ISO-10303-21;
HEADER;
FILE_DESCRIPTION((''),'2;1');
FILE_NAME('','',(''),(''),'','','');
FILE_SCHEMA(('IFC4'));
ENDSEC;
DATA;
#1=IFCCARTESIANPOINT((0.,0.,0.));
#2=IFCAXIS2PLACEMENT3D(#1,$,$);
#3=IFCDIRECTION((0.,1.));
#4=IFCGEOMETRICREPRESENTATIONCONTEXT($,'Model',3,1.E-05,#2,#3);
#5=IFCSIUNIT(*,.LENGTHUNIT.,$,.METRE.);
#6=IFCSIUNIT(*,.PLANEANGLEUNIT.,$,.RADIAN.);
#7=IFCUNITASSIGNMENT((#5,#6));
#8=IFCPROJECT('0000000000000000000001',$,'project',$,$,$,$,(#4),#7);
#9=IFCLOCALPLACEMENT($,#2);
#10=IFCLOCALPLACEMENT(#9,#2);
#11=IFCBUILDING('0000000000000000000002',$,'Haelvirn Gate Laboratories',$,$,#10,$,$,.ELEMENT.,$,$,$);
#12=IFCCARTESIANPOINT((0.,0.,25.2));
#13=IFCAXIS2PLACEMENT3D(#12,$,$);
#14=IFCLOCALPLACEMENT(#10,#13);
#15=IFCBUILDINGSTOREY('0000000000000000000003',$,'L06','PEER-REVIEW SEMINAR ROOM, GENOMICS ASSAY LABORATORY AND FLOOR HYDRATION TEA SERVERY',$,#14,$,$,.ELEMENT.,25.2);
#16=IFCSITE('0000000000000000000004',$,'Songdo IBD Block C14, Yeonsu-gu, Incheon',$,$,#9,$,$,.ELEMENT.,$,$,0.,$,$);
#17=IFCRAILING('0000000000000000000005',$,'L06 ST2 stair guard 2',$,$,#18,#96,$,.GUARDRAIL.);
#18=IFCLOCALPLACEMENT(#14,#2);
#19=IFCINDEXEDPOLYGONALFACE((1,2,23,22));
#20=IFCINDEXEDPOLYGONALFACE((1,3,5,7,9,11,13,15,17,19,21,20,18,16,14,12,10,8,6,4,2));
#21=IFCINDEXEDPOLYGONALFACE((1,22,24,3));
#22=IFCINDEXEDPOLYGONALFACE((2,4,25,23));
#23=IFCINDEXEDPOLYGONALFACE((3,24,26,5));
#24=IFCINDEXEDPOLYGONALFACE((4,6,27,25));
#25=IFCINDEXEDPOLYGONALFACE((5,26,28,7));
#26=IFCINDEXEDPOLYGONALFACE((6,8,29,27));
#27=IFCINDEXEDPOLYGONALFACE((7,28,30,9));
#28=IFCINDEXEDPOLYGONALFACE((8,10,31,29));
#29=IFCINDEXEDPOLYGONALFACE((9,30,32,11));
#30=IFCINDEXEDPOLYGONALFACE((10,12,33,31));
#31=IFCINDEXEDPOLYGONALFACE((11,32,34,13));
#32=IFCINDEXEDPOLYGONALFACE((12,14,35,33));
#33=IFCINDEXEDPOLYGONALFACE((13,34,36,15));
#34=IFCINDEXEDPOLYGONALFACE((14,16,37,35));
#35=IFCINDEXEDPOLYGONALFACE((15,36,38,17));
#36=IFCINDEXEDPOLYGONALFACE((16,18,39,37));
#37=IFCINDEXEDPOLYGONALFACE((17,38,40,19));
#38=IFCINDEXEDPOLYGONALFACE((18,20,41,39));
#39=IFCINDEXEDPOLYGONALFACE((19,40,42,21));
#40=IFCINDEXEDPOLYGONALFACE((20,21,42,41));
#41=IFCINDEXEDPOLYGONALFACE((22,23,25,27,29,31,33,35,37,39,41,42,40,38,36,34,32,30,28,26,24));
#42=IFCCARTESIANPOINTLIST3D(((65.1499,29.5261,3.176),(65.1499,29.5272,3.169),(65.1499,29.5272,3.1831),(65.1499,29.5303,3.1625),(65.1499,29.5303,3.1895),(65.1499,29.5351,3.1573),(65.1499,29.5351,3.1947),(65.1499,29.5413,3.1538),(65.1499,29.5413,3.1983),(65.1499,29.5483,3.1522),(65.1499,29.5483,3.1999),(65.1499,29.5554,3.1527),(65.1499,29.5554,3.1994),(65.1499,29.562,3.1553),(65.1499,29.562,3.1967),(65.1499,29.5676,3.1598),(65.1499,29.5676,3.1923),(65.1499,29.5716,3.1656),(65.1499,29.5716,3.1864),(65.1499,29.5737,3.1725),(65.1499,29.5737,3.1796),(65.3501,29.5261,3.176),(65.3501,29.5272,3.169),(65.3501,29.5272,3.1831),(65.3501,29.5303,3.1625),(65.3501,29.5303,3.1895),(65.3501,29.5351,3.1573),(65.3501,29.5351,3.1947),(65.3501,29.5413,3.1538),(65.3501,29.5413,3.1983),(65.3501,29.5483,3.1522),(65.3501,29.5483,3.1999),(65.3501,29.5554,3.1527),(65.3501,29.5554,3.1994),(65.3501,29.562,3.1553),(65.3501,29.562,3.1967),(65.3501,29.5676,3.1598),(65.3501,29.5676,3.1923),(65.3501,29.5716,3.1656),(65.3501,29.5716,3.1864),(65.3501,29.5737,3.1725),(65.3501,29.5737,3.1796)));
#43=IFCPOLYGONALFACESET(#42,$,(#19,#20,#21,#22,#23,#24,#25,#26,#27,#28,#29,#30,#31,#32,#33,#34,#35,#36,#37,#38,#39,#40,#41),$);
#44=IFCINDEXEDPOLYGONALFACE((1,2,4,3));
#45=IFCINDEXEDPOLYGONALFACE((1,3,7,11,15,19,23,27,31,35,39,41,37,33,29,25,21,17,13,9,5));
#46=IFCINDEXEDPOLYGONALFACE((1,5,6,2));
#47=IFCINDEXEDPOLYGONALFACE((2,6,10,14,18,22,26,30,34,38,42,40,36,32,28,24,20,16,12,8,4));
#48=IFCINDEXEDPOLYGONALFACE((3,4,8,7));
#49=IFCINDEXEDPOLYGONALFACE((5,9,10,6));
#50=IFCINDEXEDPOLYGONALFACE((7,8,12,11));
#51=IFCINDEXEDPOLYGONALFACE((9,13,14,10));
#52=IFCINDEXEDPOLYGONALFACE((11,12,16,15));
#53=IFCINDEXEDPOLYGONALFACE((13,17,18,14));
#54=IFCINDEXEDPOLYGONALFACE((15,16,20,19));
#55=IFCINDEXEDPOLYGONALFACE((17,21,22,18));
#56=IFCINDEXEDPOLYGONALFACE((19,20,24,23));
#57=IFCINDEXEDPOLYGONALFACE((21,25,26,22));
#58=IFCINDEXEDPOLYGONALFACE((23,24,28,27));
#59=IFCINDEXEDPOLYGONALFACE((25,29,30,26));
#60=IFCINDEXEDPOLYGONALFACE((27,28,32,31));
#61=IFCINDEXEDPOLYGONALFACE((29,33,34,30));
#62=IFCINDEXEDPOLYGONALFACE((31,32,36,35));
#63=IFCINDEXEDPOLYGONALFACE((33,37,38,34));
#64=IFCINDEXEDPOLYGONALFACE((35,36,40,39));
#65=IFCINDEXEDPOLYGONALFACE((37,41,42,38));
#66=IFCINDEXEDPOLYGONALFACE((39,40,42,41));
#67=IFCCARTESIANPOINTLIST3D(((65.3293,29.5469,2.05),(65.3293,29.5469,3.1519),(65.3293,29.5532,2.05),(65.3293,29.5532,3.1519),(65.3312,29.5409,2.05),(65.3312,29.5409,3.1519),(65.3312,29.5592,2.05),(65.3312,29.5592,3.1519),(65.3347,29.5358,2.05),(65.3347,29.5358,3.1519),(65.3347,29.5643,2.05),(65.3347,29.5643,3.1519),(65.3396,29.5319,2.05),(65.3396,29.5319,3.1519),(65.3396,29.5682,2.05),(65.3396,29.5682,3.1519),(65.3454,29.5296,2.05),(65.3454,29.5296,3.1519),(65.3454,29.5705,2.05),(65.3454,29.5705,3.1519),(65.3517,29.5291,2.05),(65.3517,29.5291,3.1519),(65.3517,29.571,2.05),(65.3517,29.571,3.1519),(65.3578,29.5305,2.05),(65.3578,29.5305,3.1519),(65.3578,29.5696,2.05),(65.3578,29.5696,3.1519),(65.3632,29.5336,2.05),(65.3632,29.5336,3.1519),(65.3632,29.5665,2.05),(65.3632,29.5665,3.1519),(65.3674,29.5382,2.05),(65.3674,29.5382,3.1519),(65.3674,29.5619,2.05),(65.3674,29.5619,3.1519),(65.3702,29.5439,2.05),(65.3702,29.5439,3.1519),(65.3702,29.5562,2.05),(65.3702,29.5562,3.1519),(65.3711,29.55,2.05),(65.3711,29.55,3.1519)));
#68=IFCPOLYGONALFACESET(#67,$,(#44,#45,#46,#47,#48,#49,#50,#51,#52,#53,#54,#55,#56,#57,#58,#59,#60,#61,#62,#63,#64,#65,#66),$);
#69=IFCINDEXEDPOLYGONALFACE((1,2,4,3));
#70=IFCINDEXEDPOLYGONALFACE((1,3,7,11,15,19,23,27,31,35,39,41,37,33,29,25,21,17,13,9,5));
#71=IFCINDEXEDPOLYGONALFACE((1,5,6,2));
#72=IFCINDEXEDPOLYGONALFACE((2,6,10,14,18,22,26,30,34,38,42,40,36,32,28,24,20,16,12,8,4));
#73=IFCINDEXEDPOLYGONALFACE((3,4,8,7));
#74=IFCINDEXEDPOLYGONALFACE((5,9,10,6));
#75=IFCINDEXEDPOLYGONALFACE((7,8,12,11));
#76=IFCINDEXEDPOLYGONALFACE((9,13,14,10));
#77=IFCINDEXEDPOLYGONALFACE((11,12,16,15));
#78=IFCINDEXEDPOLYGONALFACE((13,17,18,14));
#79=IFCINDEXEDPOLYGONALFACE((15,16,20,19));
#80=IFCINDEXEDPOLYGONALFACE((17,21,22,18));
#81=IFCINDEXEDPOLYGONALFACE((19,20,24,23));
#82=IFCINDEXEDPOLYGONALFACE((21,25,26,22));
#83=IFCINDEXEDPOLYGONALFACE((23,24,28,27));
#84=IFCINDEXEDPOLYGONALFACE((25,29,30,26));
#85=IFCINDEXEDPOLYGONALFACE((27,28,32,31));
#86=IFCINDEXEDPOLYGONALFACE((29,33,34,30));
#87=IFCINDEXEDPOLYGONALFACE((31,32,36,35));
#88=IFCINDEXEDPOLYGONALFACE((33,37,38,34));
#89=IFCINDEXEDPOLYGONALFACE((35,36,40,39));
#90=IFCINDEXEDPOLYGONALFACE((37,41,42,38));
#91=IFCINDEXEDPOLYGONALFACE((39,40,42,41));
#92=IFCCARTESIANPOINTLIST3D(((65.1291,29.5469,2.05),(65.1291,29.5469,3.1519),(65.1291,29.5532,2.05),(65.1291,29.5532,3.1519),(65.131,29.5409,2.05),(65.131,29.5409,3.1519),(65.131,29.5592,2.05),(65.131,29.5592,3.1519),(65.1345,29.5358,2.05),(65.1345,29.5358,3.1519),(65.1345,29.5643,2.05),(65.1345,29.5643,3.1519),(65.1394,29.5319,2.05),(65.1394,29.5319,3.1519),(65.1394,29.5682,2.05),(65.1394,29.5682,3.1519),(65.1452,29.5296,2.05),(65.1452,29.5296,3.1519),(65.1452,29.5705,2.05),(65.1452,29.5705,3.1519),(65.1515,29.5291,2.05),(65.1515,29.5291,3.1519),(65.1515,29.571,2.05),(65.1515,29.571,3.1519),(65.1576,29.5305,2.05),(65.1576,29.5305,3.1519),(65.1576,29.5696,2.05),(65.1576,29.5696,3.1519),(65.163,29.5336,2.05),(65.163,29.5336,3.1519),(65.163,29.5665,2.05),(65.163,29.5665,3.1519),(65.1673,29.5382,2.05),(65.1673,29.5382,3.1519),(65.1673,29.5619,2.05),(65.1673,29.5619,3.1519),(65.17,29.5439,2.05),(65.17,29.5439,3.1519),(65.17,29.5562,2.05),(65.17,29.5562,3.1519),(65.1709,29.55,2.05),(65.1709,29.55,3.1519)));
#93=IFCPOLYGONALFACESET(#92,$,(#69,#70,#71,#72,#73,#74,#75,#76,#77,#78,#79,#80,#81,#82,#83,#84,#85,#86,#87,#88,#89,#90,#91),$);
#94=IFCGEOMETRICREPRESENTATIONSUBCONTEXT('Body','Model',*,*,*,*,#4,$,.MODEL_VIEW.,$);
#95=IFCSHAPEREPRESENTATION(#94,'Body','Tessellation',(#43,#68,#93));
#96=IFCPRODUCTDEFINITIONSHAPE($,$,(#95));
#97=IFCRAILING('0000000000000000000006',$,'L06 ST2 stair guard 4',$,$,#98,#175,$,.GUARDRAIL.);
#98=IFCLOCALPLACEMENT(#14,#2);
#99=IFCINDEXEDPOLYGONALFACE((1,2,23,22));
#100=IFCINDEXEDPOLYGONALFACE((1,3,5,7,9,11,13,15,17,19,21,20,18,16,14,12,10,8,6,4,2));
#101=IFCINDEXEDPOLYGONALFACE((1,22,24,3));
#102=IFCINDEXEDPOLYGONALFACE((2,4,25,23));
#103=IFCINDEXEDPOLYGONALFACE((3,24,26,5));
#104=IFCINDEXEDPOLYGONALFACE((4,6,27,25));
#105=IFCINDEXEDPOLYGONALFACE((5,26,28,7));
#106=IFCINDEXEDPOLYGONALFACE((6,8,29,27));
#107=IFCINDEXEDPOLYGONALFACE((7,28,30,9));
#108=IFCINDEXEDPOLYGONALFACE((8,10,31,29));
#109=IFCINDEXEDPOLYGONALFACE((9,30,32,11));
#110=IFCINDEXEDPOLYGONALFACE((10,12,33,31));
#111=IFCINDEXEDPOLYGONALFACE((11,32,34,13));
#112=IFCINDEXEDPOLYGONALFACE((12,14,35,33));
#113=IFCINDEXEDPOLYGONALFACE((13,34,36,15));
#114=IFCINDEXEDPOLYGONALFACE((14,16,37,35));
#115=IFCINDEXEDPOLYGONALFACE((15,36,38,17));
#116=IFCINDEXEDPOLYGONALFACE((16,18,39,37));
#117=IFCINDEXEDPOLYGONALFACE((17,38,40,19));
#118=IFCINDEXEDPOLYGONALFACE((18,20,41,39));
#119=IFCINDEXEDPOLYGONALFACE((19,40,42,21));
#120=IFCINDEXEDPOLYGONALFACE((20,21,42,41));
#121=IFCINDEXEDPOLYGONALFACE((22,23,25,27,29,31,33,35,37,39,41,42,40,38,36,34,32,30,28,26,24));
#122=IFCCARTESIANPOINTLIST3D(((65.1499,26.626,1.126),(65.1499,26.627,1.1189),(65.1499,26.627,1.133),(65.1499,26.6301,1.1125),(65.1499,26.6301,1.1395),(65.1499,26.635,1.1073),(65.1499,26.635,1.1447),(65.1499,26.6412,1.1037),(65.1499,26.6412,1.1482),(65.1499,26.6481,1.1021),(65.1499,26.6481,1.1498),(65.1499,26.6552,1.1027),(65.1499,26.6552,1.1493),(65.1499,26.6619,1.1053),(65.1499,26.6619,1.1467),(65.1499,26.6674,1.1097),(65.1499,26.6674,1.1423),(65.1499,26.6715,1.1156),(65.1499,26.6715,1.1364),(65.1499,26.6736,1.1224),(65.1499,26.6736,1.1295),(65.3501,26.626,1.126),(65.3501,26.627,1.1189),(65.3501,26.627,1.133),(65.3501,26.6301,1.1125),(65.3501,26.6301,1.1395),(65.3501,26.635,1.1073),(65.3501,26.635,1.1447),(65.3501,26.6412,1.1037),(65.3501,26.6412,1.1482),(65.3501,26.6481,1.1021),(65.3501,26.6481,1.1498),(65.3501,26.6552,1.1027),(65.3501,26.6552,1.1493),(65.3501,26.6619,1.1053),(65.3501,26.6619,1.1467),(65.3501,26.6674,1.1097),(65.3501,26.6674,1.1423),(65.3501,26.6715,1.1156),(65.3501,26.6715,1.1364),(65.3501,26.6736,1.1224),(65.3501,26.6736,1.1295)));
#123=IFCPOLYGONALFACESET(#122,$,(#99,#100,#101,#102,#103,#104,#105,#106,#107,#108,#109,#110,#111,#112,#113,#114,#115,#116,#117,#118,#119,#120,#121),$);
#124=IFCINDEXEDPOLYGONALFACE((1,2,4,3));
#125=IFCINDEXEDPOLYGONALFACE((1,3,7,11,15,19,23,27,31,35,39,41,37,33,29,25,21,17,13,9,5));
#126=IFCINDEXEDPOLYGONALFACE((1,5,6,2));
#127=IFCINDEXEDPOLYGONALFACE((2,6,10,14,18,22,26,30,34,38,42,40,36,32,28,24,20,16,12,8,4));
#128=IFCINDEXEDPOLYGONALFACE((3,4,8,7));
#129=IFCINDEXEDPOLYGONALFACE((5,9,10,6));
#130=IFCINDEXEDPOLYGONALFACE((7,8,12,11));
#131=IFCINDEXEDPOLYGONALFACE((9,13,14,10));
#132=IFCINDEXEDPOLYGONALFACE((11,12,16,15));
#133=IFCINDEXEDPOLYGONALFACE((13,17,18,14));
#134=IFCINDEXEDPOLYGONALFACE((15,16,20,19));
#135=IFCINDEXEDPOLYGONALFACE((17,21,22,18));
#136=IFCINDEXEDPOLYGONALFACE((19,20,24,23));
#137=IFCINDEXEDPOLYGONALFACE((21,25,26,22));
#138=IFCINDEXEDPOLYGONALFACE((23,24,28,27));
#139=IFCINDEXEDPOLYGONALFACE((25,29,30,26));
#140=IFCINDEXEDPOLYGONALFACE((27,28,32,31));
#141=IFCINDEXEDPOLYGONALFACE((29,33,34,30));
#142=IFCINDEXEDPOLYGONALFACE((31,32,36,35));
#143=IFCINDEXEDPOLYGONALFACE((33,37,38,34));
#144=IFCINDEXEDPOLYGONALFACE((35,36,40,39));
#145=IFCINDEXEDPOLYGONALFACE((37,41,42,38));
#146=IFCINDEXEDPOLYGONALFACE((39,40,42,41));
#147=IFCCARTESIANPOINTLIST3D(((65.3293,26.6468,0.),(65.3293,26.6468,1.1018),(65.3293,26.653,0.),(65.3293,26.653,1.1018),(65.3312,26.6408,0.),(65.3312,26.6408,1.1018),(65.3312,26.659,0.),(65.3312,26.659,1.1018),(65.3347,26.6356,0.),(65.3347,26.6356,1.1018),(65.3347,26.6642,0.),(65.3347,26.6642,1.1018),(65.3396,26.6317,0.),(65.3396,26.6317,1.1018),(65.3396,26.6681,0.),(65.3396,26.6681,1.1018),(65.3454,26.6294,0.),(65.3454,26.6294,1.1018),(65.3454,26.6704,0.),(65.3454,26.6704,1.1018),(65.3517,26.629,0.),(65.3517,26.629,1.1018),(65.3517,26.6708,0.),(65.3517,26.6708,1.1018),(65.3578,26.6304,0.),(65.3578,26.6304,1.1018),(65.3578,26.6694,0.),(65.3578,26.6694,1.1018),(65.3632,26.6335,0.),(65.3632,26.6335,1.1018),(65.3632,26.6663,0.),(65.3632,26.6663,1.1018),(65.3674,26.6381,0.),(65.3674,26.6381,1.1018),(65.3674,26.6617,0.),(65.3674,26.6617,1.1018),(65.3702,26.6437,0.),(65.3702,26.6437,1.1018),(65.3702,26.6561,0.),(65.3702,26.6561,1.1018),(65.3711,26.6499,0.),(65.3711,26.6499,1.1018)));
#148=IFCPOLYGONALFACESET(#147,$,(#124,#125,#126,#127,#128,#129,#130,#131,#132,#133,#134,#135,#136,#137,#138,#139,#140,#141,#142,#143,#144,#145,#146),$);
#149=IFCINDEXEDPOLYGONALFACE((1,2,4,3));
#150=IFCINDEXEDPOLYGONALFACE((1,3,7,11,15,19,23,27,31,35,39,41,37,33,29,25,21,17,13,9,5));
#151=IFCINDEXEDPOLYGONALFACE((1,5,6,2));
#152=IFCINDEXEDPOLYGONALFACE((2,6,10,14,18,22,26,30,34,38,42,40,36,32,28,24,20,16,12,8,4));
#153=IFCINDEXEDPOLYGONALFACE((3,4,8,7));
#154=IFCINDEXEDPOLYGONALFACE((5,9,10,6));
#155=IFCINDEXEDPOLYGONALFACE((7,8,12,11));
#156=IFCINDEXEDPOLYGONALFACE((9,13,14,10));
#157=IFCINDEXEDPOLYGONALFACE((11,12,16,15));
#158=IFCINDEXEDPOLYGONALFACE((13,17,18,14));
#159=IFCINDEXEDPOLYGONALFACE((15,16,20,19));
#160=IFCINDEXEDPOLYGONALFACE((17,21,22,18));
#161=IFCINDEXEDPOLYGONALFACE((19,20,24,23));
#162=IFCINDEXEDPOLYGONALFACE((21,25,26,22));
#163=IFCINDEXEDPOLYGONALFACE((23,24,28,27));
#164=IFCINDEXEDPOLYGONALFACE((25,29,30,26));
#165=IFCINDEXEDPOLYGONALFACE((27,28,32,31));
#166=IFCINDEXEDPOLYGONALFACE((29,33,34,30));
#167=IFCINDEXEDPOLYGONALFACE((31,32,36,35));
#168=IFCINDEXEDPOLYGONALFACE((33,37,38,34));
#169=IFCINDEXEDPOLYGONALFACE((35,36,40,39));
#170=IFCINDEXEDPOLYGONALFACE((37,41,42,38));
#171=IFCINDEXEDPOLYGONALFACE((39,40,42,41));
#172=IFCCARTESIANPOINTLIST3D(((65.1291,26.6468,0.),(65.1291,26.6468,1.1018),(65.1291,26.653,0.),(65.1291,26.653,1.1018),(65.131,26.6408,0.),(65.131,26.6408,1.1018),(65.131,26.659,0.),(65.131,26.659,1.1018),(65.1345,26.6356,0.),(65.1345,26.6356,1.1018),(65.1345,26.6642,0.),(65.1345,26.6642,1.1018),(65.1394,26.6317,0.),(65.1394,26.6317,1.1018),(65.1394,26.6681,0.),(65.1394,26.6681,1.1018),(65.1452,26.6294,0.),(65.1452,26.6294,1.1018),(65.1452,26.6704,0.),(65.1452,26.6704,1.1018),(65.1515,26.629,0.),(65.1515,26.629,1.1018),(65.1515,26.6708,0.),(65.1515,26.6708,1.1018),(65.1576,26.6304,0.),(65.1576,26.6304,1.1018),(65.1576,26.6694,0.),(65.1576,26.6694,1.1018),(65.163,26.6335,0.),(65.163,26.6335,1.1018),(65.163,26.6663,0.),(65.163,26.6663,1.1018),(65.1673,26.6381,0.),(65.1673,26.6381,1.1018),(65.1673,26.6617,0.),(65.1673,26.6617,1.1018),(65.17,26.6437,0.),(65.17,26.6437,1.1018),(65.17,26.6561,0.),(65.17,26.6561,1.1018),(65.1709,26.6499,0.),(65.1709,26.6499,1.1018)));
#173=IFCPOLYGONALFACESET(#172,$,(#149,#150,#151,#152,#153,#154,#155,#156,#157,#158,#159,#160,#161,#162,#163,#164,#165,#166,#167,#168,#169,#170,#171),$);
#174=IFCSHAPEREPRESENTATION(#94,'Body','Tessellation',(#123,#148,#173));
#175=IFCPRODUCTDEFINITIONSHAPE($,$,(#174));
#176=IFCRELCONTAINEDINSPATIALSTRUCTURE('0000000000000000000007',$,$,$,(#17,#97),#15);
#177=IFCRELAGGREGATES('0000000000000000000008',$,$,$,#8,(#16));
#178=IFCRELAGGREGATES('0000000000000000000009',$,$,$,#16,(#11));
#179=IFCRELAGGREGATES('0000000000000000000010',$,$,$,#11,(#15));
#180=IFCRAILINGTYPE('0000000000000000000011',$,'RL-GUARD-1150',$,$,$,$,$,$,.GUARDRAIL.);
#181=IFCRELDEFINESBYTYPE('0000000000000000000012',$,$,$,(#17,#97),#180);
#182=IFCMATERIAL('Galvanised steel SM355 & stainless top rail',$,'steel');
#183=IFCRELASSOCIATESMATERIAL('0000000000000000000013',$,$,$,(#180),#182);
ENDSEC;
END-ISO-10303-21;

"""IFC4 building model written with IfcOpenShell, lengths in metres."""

from ifc_helpers import new_model, si_unit, direction, frame, origin, origin_2d, place, context, subcontext, project, spatial, circle, extrude, source, transform, mapped, material, type_object, element, save


model = new_model("IFC4")

# Units and contexts
model_context = context("Model", 3, precision=1e-05, world=origin(), true_north=direction((0.0, 1.0)))
body_context = subcontext(model_context, "Body", "Model", "MODEL_VIEW")
ifc_project = project(units=[si_unit("LENGTHUNIT", "METRE"), si_unit("PLANEANGLEUNIT", "RADIAN")], contexts=[model_context])

# Site, building, storey
site_placement = place(None, origin())
site = spatial("IfcSite", under=ifc_project, at=site_placement, Name="Songdo IBD Block C14, Yeonsu-gu, Incheon", CompositionType="ELEMENT", RefElevation=0.0)
building_placement = place(site_placement, origin())
building = spatial("IfcBuilding", under=site, at=building_placement, Name="Haelvirn Gate Laboratories", CompositionType="ELEMENT")
storey_placement = place(building_placement, frame((0.0, 0.0, 25.2)))
storey = spatial("IfcBuildingStorey", under=building, at=storey_placement, Name="L06", Description="PEER-REVIEW SEMINAR ROOM, GENOMICS ASSAY LABORATORY AND FLOOR HYDRATION TEA SERVERY", CompositionType="ELEMENT", Elevation=25.2)

# Railings
ifc_material_1 = material(Name="Galvanised steel SM355 & stainless top rail", Category="steel")
railing_type_1 = type_object("IfcRailingType", Name="RL-GUARD-1150", PredefinedType="GUARDRAIL", material=ifc_material_1)
shared_shape_1 = source(origin(), body_context, "Body", "SweptSolid", [
    extrude(circle(Radius=0.0239, at=origin_2d()), frame((0.0, 0.0, 1.126), z_axis=(-1.0, 0.0, 0.0), x_axis=(0.0, -1.0, 0.0)), (0.0, 0.0, 1.0), 0.2002),
    extrude(circle(Radius=0.021, at=origin_2d()), origin(), (0.0, 0.0, 1.0), 1.1018),
    extrude(circle(Radius=0.021, at=origin_2d()), frame((-0.2002, 0.0, 0.0)), (0.0, 0.0, 1.0), 1.1018),
])
for number, where, name in (
    (1, (65.3501, 29.55, 2.05), "L06 ST2 stair guard 2"),
    (2, (65.3501, 26.6499, 0.0), "L06 ST2 stair guard 4"),
):
    element("IfcRailing", number, at=place(storey_placement, frame(where)), inside=storey, type_object=railing_type_1, Name=name, PredefinedType="GUARDRAIL", context=body_context, shape_type="MappedRepresentation", body=[
        mapped(shared_shape_1, transform((0.0, 0.0, 0.0), scale=1.0)),
    ])

save(model, "model.ifc")
